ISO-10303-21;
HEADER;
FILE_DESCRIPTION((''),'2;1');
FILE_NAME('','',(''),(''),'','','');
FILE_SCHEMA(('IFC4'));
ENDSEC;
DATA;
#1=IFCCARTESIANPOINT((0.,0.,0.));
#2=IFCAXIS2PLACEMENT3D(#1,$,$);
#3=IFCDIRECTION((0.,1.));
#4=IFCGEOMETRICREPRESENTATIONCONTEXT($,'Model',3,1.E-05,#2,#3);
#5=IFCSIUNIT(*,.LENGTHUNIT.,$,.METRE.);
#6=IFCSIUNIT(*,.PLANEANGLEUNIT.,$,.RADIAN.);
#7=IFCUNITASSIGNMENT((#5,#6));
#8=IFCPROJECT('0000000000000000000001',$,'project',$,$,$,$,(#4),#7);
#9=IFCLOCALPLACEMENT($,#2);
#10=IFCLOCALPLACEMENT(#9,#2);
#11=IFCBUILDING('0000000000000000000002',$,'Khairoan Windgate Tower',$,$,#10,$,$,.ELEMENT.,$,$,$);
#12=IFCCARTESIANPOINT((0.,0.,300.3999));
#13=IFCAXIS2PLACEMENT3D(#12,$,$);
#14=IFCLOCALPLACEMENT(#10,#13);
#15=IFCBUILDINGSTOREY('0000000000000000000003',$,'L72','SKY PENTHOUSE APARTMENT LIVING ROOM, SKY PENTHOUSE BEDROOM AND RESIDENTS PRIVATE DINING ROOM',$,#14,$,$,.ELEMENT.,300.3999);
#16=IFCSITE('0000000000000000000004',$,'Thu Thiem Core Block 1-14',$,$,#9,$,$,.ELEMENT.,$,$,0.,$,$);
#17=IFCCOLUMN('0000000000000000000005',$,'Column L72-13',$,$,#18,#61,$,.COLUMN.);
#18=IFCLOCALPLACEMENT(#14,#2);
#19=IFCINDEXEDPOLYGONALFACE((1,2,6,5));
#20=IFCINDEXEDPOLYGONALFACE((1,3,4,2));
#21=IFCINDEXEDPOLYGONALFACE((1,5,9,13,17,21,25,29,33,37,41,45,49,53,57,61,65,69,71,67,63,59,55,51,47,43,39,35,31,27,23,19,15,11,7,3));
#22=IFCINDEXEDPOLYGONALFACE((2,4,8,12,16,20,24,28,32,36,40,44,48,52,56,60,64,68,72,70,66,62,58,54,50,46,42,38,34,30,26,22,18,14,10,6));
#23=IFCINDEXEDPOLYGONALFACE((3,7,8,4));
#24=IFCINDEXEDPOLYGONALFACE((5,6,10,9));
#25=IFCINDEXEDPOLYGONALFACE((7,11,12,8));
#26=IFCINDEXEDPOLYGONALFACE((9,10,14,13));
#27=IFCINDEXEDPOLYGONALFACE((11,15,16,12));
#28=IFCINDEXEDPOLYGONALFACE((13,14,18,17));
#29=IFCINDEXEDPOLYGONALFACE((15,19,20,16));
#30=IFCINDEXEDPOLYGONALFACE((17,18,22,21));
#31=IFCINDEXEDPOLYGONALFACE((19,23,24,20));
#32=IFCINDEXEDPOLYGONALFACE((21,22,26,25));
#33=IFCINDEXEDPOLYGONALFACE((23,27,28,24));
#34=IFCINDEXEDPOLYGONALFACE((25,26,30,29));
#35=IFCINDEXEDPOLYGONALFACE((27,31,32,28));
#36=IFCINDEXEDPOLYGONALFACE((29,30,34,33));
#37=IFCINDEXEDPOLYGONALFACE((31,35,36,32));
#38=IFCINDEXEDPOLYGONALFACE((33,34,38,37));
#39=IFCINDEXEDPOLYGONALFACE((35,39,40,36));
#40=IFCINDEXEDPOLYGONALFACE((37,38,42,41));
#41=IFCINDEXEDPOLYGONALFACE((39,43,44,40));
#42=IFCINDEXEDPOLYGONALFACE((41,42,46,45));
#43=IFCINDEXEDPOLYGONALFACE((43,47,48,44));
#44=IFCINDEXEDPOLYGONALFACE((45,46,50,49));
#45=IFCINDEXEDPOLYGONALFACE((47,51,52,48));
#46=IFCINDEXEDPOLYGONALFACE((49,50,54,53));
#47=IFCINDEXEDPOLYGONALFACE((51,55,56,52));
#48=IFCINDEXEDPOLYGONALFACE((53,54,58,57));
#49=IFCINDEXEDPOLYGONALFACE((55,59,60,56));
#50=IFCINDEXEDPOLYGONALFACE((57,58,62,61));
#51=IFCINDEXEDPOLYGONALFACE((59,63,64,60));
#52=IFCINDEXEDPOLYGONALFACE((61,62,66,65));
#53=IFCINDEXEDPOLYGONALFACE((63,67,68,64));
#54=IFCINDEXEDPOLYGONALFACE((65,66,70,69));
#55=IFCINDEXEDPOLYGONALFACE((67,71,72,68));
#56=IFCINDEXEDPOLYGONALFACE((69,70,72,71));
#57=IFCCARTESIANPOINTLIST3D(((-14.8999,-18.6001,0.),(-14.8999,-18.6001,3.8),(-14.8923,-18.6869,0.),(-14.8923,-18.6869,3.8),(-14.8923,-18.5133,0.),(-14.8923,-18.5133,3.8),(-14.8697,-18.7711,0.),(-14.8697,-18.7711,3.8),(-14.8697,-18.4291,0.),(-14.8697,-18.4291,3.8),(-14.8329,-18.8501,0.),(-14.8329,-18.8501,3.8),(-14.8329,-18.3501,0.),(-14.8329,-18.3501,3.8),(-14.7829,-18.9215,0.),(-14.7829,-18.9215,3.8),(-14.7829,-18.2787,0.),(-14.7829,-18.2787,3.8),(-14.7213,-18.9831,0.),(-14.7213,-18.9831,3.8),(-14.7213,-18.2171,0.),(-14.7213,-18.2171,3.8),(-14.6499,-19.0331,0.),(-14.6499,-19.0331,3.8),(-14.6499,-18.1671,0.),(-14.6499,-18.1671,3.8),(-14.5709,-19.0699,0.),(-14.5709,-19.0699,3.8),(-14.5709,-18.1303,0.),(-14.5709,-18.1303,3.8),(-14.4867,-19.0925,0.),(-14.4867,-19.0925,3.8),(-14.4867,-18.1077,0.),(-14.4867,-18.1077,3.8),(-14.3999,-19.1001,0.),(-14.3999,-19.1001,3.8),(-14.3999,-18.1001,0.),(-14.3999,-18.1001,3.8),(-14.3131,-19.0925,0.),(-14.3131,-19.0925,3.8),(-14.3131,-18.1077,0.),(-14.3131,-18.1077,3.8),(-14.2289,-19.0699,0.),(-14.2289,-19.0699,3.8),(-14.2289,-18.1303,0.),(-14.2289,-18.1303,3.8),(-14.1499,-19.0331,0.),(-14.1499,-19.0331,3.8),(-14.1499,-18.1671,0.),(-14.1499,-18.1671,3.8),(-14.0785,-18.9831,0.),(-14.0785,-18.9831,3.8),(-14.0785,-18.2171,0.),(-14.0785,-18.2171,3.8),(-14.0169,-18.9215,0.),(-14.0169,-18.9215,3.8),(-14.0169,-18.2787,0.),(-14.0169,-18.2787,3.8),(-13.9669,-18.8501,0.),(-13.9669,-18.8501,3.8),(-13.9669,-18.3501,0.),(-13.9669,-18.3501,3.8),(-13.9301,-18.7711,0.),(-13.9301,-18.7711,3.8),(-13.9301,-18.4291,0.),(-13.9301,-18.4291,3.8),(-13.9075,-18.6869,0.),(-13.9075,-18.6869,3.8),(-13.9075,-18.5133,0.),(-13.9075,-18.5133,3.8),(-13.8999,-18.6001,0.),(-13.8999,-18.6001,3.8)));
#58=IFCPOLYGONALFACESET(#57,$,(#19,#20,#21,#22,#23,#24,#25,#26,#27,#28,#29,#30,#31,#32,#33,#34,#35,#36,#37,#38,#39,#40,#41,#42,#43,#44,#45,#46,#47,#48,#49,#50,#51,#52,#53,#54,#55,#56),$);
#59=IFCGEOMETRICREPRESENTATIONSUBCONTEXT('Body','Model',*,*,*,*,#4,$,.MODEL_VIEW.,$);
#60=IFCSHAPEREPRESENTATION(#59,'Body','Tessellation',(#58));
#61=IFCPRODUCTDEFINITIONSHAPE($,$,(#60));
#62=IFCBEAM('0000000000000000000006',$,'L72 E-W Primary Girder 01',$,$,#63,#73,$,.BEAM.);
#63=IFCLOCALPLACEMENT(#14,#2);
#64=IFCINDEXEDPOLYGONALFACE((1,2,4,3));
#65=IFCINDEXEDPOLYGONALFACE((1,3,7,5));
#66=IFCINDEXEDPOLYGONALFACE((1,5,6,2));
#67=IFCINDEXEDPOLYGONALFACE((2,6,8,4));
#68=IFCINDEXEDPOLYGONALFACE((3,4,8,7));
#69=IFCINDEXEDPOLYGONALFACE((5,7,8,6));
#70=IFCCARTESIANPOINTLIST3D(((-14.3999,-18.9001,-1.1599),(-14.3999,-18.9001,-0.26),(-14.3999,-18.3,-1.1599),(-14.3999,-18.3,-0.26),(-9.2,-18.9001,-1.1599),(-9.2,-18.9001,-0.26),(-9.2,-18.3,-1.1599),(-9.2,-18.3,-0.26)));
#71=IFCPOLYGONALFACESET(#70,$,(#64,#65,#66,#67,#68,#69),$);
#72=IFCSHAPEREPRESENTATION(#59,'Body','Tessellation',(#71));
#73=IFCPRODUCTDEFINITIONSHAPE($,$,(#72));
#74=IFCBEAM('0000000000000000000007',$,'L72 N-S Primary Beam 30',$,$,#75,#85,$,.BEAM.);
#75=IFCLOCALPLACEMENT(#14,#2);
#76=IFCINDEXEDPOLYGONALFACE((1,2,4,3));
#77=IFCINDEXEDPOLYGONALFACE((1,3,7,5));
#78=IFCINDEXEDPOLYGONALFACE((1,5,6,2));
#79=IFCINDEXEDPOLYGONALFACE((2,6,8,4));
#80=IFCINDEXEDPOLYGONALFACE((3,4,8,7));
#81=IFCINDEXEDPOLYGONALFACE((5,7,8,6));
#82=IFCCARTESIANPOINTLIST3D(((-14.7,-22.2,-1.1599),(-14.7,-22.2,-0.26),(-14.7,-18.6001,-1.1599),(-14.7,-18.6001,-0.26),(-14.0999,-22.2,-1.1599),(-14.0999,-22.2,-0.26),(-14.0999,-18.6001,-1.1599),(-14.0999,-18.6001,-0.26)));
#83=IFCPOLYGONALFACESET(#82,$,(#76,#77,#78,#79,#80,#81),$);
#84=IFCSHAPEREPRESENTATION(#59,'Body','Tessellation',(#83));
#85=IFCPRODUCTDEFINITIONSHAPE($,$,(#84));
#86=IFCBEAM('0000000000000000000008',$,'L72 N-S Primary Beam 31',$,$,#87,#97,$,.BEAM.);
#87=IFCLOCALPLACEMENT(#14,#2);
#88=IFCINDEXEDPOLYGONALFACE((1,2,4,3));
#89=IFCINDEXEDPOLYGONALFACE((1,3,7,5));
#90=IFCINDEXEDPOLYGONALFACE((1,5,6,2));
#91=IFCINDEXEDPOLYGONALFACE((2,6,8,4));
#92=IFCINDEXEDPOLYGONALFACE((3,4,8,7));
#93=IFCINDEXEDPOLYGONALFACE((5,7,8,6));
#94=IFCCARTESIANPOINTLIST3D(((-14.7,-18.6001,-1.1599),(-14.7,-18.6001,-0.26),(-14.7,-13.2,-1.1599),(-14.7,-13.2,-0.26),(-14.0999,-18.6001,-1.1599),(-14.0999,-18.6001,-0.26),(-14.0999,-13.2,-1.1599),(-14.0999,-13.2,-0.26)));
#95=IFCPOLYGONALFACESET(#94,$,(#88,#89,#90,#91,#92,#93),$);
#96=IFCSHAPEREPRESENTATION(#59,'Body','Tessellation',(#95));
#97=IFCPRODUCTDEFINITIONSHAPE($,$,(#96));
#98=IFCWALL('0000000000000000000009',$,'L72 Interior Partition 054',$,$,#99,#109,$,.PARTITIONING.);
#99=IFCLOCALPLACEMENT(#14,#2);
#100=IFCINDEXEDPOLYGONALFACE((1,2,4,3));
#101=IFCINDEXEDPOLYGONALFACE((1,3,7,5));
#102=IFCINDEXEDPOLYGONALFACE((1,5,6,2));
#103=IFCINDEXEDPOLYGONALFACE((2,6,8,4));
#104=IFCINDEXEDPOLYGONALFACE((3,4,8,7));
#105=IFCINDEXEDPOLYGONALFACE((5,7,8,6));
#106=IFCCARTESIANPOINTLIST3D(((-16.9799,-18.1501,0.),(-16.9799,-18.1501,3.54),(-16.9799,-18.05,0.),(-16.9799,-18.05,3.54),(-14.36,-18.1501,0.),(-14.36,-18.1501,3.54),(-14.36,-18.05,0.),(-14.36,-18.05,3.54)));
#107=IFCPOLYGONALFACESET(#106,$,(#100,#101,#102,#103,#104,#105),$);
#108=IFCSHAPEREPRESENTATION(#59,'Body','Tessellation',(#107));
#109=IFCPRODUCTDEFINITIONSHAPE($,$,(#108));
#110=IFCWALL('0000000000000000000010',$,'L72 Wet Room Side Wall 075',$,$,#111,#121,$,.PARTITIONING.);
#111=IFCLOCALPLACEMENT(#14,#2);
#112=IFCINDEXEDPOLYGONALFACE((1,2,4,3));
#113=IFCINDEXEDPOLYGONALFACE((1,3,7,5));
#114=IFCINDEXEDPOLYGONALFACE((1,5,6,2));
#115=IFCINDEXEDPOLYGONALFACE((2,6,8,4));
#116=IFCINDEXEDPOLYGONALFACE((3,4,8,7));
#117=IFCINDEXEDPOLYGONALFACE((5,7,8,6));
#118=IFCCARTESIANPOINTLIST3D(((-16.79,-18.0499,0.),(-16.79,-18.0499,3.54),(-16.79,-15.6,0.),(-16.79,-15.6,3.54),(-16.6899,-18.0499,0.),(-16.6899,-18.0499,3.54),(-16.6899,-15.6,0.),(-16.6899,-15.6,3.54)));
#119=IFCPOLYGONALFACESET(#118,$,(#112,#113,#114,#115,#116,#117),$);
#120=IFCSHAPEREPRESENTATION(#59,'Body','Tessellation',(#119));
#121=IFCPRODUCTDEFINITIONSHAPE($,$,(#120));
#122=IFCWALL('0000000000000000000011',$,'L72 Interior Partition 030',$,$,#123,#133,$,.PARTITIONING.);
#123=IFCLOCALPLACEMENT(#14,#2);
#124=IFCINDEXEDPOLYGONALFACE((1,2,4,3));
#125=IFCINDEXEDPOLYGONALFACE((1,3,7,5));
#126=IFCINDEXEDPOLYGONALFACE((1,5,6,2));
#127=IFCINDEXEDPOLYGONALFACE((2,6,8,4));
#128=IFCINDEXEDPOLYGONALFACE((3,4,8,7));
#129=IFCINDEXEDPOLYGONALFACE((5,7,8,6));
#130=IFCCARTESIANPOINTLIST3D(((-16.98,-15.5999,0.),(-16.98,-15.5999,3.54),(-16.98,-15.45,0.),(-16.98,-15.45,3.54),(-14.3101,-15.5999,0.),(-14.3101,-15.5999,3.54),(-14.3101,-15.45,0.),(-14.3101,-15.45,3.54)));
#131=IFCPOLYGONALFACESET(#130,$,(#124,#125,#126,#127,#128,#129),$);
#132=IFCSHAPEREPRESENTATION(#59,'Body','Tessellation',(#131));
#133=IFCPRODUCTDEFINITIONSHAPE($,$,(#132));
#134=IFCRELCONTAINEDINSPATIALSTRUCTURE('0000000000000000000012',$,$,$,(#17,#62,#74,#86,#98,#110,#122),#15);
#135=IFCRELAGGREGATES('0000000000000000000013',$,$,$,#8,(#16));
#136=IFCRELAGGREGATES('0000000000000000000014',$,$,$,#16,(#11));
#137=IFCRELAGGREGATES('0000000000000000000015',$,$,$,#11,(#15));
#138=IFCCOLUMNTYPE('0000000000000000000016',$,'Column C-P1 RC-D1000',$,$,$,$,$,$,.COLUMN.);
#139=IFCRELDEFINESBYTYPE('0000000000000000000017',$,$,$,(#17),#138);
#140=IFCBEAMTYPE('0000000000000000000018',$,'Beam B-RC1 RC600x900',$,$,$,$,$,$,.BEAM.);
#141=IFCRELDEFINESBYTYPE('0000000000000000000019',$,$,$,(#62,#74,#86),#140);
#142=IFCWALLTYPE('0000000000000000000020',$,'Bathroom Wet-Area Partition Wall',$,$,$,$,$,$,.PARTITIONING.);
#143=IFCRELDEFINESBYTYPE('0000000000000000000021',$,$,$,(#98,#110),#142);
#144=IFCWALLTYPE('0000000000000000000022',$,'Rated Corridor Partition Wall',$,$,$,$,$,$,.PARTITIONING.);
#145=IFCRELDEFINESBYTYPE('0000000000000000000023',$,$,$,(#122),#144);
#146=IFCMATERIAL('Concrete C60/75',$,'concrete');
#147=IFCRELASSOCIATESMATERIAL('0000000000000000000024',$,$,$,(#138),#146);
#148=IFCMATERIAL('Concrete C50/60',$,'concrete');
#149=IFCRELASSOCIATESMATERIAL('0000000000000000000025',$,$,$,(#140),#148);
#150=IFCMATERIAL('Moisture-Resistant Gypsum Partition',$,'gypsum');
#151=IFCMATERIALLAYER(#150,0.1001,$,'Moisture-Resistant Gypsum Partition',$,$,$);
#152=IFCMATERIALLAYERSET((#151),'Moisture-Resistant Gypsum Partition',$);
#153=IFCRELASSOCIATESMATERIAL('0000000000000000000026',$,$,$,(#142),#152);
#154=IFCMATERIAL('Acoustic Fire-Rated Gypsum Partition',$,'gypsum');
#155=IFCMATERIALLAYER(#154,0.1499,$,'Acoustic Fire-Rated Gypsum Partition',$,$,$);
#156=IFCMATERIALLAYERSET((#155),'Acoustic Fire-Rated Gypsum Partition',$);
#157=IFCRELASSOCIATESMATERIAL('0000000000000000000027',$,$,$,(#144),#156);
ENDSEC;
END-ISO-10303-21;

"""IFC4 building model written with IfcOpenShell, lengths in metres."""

from ifc_helpers import new_model, si_unit, direction, frame, frame_2d, origin, origin_2d, place, context, subcontext, project, spatial, rectangle, circle, extrude, material, layer, layer_set, material_profile, profile_set, type_object, element, save


model = new_model("IFC4")

# Units and contexts
model_context = context("Model", 3, precision=1e-05, world=origin(), true_north=direction((0.0, 1.0)))
body_context = subcontext(model_context, "Body", "Model", "MODEL_VIEW")
ifc_project = project(units=[si_unit("LENGTHUNIT", "METRE"), si_unit("PLANEANGLEUNIT", "RADIAN")], contexts=[model_context])

# Site, building, storey
site_placement = place(None, origin())
site = spatial("IfcSite", under=ifc_project, at=site_placement, Name="Thu Thiem Core Block 1-14", CompositionType="ELEMENT", RefElevation=0.0)
building_placement = place(site_placement, origin())
building = spatial("IfcBuilding", under=site, at=building_placement, Name="Khairoan Windgate Tower", CompositionType="ELEMENT")
storey_placement = place(building_placement, frame((0.0, 0.0, 300.3999)))
storey = spatial("IfcBuildingStorey", under=building, at=storey_placement, Name="L72", Description="SKY PENTHOUSE APARTMENT LIVING ROOM, SKY PENTHOUSE BEDROOM AND RESIDENTS PRIVATE DINING ROOM", CompositionType="ELEMENT", Elevation=300.3999)

# Column
ifc_material_1 = material(Name="Concrete C60/75", Category="concrete")
ifc_material_profile_1 = material_profile(ifc_material_1, circle(Radius=0.5, at=origin_2d()))
ifc_profile_set_1 = profile_set([ifc_material_profile_1], Name="Concrete C60/75")
column_type = type_object("IfcColumnType", Name="Column C-P1 RC-D1000", PredefinedType="COLUMN", material=ifc_profile_set_1)
column_placement = place(storey_placement, frame((-14.3999, -18.6001, 0.0), z_axis=(0.0, 0.0, 1.0), x_axis=(1.0, 0.0, 0.0)))
element("IfcColumn", 1, at=column_placement, inside=storey, type_object=column_type, Name="Column L72-13", PredefinedType="COLUMN", context=body_context, shape_type="SweptSolid", body=[
    extrude(circle(Radius=0.5, at=origin_2d()), origin(), (0.0, 0.0, 1.0), 3.8),
])

# Beams
ifc_material_2 = material(Name="Concrete C50/60", Category="concrete")
ifc_material_profile_2 = material_profile(ifc_material_2, rectangle(XDim=0.6001, YDim=0.8999, at=origin_2d()))
ifc_profile_set_2 = profile_set([ifc_material_profile_2], Name="Concrete C50/60")
beam_type = type_object("IfcBeamType", Name="Beam B-RC1 RC600x900", PredefinedType="BEAM", material=ifc_profile_set_2)
beam_1_placement = place(storey_placement, frame((-14.3999, -18.6001, -0.71), z_axis=(1.0, 0.0, 0.0), x_axis=(0.0, 1.0, 0.0)))
element("IfcBeam", 2, at=beam_1_placement, inside=storey, type_object=beam_type, Name="L72 E-W Primary Girder 01", PredefinedType="BEAM", context=body_context, shape_type="SweptSolid", body=[
    extrude(rectangle(XDim=0.6001, YDim=0.8999, at=origin_2d()), origin(), (0.0, 0.0, 1.0), 5.2),
])
beam_2_placement = place(storey_placement, frame((-14.3999, -22.2, -0.71), z_axis=(0.0, 1.0, 0.0), x_axis=(-1.0, 0.0, 0.0)))
element("IfcBeam", 3, at=beam_2_placement, inside=storey, type_object=beam_type, Name="L72 N-S Primary Beam 30", PredefinedType="BEAM", context=body_context, shape_type="SweptSolid", body=[
    extrude(rectangle(XDim=0.6001, YDim=0.8999, at=origin_2d()), origin(), (0.0, 0.0, 1.0), 3.5999),
])
beam_3_placement = place(storey_placement, frame((-14.3999, -18.6001, -0.71), z_axis=(0.0, 1.0, 0.0), x_axis=(-1.0, 0.0, 0.0)))
element("IfcBeam", 4, at=beam_3_placement, inside=storey, type_object=beam_type, Name="L72 N-S Primary Beam 31", PredefinedType="BEAM", context=body_context, shape_type="SweptSolid", body=[
    extrude(rectangle(XDim=0.6001, YDim=0.8999, at=origin_2d()), origin(), (0.0, 0.0, 1.0), 5.4001),
])

# Walls
ifc_material_3 = material(Name="Moisture-Resistant Gypsum Partition", Category="gypsum")
ifc_layer_1 = layer(ifc_material_3, 0.1001, Name="Moisture-Resistant Gypsum Partition")
ifc_layer_set_1 = layer_set([ifc_layer_1], Name="Moisture-Resistant Gypsum Partition")
wall_type_1 = type_object("IfcWallType", Name="Bathroom Wet-Area Partition Wall", PredefinedType="PARTITIONING", material=ifc_layer_set_1)
wall_1_placement = place(storey_placement, frame((-16.98, -18.1001, 0.0), z_axis=(0.0, 0.0, 1.0), x_axis=(1.0, 0.0, 0.0)))
element("IfcWall", 5, at=wall_1_placement, inside=storey, type_object=wall_type_1, Name="L72 Interior Partition 054", PredefinedType="PARTITIONING", context=body_context, shape_type="SweptSolid", body=[
    extrude(rectangle(XDim=2.6199, YDim=0.1001, at=frame_2d((1.3101, 0.0))), origin(), (0.0, 0.0, 1.0), 3.54),
])
wall_2_placement = place(storey_placement, frame((-16.74, -18.05, 0.0), z_axis=(0.0, 0.0, 1.0), x_axis=(0.0, 1.0, 0.0)))
element("IfcWall", 6, at=wall_2_placement, inside=storey, type_object=wall_type_1, Name="L72 Wet Room Side Wall 075", PredefinedType="PARTITIONING", context=body_context, shape_type="SweptSolid", body=[
    extrude(rectangle(XDim=2.45, YDim=0.1001, at=frame_2d((1.2251, 0.0))), origin(), (0.0, 0.0, 1.0), 3.54),
])

# Wall
ifc_material_4 = material(Name="Acoustic Fire-Rated Gypsum Partition", Category="gypsum")
ifc_layer_2 = layer(ifc_material_4, 0.1499, Name="Acoustic Fire-Rated Gypsum Partition")
ifc_layer_set_2 = layer_set([ifc_layer_2], Name="Acoustic Fire-Rated Gypsum Partition")
wall_type_2 = type_object("IfcWallType", Name="Rated Corridor Partition Wall", PredefinedType="PARTITIONING", material=ifc_layer_set_2)
wall_3_placement = place(storey_placement, frame((-16.98, -15.5249, 0.0), z_axis=(0.0, 0.0, 1.0), x_axis=(1.0, 0.0, 0.0)))
element("IfcWall", 7, at=wall_3_placement, inside=storey, type_object=wall_type_2, Name="L72 Interior Partition 030", PredefinedType="PARTITIONING", context=body_context, shape_type="SweptSolid", body=[
    extrude(rectangle(XDim=2.6699, YDim=0.1499, at=frame_2d((1.335, 0.0))), origin(), (0.0, 0.0, 1.0), 3.54),
])

save(model, "model.ifc")
